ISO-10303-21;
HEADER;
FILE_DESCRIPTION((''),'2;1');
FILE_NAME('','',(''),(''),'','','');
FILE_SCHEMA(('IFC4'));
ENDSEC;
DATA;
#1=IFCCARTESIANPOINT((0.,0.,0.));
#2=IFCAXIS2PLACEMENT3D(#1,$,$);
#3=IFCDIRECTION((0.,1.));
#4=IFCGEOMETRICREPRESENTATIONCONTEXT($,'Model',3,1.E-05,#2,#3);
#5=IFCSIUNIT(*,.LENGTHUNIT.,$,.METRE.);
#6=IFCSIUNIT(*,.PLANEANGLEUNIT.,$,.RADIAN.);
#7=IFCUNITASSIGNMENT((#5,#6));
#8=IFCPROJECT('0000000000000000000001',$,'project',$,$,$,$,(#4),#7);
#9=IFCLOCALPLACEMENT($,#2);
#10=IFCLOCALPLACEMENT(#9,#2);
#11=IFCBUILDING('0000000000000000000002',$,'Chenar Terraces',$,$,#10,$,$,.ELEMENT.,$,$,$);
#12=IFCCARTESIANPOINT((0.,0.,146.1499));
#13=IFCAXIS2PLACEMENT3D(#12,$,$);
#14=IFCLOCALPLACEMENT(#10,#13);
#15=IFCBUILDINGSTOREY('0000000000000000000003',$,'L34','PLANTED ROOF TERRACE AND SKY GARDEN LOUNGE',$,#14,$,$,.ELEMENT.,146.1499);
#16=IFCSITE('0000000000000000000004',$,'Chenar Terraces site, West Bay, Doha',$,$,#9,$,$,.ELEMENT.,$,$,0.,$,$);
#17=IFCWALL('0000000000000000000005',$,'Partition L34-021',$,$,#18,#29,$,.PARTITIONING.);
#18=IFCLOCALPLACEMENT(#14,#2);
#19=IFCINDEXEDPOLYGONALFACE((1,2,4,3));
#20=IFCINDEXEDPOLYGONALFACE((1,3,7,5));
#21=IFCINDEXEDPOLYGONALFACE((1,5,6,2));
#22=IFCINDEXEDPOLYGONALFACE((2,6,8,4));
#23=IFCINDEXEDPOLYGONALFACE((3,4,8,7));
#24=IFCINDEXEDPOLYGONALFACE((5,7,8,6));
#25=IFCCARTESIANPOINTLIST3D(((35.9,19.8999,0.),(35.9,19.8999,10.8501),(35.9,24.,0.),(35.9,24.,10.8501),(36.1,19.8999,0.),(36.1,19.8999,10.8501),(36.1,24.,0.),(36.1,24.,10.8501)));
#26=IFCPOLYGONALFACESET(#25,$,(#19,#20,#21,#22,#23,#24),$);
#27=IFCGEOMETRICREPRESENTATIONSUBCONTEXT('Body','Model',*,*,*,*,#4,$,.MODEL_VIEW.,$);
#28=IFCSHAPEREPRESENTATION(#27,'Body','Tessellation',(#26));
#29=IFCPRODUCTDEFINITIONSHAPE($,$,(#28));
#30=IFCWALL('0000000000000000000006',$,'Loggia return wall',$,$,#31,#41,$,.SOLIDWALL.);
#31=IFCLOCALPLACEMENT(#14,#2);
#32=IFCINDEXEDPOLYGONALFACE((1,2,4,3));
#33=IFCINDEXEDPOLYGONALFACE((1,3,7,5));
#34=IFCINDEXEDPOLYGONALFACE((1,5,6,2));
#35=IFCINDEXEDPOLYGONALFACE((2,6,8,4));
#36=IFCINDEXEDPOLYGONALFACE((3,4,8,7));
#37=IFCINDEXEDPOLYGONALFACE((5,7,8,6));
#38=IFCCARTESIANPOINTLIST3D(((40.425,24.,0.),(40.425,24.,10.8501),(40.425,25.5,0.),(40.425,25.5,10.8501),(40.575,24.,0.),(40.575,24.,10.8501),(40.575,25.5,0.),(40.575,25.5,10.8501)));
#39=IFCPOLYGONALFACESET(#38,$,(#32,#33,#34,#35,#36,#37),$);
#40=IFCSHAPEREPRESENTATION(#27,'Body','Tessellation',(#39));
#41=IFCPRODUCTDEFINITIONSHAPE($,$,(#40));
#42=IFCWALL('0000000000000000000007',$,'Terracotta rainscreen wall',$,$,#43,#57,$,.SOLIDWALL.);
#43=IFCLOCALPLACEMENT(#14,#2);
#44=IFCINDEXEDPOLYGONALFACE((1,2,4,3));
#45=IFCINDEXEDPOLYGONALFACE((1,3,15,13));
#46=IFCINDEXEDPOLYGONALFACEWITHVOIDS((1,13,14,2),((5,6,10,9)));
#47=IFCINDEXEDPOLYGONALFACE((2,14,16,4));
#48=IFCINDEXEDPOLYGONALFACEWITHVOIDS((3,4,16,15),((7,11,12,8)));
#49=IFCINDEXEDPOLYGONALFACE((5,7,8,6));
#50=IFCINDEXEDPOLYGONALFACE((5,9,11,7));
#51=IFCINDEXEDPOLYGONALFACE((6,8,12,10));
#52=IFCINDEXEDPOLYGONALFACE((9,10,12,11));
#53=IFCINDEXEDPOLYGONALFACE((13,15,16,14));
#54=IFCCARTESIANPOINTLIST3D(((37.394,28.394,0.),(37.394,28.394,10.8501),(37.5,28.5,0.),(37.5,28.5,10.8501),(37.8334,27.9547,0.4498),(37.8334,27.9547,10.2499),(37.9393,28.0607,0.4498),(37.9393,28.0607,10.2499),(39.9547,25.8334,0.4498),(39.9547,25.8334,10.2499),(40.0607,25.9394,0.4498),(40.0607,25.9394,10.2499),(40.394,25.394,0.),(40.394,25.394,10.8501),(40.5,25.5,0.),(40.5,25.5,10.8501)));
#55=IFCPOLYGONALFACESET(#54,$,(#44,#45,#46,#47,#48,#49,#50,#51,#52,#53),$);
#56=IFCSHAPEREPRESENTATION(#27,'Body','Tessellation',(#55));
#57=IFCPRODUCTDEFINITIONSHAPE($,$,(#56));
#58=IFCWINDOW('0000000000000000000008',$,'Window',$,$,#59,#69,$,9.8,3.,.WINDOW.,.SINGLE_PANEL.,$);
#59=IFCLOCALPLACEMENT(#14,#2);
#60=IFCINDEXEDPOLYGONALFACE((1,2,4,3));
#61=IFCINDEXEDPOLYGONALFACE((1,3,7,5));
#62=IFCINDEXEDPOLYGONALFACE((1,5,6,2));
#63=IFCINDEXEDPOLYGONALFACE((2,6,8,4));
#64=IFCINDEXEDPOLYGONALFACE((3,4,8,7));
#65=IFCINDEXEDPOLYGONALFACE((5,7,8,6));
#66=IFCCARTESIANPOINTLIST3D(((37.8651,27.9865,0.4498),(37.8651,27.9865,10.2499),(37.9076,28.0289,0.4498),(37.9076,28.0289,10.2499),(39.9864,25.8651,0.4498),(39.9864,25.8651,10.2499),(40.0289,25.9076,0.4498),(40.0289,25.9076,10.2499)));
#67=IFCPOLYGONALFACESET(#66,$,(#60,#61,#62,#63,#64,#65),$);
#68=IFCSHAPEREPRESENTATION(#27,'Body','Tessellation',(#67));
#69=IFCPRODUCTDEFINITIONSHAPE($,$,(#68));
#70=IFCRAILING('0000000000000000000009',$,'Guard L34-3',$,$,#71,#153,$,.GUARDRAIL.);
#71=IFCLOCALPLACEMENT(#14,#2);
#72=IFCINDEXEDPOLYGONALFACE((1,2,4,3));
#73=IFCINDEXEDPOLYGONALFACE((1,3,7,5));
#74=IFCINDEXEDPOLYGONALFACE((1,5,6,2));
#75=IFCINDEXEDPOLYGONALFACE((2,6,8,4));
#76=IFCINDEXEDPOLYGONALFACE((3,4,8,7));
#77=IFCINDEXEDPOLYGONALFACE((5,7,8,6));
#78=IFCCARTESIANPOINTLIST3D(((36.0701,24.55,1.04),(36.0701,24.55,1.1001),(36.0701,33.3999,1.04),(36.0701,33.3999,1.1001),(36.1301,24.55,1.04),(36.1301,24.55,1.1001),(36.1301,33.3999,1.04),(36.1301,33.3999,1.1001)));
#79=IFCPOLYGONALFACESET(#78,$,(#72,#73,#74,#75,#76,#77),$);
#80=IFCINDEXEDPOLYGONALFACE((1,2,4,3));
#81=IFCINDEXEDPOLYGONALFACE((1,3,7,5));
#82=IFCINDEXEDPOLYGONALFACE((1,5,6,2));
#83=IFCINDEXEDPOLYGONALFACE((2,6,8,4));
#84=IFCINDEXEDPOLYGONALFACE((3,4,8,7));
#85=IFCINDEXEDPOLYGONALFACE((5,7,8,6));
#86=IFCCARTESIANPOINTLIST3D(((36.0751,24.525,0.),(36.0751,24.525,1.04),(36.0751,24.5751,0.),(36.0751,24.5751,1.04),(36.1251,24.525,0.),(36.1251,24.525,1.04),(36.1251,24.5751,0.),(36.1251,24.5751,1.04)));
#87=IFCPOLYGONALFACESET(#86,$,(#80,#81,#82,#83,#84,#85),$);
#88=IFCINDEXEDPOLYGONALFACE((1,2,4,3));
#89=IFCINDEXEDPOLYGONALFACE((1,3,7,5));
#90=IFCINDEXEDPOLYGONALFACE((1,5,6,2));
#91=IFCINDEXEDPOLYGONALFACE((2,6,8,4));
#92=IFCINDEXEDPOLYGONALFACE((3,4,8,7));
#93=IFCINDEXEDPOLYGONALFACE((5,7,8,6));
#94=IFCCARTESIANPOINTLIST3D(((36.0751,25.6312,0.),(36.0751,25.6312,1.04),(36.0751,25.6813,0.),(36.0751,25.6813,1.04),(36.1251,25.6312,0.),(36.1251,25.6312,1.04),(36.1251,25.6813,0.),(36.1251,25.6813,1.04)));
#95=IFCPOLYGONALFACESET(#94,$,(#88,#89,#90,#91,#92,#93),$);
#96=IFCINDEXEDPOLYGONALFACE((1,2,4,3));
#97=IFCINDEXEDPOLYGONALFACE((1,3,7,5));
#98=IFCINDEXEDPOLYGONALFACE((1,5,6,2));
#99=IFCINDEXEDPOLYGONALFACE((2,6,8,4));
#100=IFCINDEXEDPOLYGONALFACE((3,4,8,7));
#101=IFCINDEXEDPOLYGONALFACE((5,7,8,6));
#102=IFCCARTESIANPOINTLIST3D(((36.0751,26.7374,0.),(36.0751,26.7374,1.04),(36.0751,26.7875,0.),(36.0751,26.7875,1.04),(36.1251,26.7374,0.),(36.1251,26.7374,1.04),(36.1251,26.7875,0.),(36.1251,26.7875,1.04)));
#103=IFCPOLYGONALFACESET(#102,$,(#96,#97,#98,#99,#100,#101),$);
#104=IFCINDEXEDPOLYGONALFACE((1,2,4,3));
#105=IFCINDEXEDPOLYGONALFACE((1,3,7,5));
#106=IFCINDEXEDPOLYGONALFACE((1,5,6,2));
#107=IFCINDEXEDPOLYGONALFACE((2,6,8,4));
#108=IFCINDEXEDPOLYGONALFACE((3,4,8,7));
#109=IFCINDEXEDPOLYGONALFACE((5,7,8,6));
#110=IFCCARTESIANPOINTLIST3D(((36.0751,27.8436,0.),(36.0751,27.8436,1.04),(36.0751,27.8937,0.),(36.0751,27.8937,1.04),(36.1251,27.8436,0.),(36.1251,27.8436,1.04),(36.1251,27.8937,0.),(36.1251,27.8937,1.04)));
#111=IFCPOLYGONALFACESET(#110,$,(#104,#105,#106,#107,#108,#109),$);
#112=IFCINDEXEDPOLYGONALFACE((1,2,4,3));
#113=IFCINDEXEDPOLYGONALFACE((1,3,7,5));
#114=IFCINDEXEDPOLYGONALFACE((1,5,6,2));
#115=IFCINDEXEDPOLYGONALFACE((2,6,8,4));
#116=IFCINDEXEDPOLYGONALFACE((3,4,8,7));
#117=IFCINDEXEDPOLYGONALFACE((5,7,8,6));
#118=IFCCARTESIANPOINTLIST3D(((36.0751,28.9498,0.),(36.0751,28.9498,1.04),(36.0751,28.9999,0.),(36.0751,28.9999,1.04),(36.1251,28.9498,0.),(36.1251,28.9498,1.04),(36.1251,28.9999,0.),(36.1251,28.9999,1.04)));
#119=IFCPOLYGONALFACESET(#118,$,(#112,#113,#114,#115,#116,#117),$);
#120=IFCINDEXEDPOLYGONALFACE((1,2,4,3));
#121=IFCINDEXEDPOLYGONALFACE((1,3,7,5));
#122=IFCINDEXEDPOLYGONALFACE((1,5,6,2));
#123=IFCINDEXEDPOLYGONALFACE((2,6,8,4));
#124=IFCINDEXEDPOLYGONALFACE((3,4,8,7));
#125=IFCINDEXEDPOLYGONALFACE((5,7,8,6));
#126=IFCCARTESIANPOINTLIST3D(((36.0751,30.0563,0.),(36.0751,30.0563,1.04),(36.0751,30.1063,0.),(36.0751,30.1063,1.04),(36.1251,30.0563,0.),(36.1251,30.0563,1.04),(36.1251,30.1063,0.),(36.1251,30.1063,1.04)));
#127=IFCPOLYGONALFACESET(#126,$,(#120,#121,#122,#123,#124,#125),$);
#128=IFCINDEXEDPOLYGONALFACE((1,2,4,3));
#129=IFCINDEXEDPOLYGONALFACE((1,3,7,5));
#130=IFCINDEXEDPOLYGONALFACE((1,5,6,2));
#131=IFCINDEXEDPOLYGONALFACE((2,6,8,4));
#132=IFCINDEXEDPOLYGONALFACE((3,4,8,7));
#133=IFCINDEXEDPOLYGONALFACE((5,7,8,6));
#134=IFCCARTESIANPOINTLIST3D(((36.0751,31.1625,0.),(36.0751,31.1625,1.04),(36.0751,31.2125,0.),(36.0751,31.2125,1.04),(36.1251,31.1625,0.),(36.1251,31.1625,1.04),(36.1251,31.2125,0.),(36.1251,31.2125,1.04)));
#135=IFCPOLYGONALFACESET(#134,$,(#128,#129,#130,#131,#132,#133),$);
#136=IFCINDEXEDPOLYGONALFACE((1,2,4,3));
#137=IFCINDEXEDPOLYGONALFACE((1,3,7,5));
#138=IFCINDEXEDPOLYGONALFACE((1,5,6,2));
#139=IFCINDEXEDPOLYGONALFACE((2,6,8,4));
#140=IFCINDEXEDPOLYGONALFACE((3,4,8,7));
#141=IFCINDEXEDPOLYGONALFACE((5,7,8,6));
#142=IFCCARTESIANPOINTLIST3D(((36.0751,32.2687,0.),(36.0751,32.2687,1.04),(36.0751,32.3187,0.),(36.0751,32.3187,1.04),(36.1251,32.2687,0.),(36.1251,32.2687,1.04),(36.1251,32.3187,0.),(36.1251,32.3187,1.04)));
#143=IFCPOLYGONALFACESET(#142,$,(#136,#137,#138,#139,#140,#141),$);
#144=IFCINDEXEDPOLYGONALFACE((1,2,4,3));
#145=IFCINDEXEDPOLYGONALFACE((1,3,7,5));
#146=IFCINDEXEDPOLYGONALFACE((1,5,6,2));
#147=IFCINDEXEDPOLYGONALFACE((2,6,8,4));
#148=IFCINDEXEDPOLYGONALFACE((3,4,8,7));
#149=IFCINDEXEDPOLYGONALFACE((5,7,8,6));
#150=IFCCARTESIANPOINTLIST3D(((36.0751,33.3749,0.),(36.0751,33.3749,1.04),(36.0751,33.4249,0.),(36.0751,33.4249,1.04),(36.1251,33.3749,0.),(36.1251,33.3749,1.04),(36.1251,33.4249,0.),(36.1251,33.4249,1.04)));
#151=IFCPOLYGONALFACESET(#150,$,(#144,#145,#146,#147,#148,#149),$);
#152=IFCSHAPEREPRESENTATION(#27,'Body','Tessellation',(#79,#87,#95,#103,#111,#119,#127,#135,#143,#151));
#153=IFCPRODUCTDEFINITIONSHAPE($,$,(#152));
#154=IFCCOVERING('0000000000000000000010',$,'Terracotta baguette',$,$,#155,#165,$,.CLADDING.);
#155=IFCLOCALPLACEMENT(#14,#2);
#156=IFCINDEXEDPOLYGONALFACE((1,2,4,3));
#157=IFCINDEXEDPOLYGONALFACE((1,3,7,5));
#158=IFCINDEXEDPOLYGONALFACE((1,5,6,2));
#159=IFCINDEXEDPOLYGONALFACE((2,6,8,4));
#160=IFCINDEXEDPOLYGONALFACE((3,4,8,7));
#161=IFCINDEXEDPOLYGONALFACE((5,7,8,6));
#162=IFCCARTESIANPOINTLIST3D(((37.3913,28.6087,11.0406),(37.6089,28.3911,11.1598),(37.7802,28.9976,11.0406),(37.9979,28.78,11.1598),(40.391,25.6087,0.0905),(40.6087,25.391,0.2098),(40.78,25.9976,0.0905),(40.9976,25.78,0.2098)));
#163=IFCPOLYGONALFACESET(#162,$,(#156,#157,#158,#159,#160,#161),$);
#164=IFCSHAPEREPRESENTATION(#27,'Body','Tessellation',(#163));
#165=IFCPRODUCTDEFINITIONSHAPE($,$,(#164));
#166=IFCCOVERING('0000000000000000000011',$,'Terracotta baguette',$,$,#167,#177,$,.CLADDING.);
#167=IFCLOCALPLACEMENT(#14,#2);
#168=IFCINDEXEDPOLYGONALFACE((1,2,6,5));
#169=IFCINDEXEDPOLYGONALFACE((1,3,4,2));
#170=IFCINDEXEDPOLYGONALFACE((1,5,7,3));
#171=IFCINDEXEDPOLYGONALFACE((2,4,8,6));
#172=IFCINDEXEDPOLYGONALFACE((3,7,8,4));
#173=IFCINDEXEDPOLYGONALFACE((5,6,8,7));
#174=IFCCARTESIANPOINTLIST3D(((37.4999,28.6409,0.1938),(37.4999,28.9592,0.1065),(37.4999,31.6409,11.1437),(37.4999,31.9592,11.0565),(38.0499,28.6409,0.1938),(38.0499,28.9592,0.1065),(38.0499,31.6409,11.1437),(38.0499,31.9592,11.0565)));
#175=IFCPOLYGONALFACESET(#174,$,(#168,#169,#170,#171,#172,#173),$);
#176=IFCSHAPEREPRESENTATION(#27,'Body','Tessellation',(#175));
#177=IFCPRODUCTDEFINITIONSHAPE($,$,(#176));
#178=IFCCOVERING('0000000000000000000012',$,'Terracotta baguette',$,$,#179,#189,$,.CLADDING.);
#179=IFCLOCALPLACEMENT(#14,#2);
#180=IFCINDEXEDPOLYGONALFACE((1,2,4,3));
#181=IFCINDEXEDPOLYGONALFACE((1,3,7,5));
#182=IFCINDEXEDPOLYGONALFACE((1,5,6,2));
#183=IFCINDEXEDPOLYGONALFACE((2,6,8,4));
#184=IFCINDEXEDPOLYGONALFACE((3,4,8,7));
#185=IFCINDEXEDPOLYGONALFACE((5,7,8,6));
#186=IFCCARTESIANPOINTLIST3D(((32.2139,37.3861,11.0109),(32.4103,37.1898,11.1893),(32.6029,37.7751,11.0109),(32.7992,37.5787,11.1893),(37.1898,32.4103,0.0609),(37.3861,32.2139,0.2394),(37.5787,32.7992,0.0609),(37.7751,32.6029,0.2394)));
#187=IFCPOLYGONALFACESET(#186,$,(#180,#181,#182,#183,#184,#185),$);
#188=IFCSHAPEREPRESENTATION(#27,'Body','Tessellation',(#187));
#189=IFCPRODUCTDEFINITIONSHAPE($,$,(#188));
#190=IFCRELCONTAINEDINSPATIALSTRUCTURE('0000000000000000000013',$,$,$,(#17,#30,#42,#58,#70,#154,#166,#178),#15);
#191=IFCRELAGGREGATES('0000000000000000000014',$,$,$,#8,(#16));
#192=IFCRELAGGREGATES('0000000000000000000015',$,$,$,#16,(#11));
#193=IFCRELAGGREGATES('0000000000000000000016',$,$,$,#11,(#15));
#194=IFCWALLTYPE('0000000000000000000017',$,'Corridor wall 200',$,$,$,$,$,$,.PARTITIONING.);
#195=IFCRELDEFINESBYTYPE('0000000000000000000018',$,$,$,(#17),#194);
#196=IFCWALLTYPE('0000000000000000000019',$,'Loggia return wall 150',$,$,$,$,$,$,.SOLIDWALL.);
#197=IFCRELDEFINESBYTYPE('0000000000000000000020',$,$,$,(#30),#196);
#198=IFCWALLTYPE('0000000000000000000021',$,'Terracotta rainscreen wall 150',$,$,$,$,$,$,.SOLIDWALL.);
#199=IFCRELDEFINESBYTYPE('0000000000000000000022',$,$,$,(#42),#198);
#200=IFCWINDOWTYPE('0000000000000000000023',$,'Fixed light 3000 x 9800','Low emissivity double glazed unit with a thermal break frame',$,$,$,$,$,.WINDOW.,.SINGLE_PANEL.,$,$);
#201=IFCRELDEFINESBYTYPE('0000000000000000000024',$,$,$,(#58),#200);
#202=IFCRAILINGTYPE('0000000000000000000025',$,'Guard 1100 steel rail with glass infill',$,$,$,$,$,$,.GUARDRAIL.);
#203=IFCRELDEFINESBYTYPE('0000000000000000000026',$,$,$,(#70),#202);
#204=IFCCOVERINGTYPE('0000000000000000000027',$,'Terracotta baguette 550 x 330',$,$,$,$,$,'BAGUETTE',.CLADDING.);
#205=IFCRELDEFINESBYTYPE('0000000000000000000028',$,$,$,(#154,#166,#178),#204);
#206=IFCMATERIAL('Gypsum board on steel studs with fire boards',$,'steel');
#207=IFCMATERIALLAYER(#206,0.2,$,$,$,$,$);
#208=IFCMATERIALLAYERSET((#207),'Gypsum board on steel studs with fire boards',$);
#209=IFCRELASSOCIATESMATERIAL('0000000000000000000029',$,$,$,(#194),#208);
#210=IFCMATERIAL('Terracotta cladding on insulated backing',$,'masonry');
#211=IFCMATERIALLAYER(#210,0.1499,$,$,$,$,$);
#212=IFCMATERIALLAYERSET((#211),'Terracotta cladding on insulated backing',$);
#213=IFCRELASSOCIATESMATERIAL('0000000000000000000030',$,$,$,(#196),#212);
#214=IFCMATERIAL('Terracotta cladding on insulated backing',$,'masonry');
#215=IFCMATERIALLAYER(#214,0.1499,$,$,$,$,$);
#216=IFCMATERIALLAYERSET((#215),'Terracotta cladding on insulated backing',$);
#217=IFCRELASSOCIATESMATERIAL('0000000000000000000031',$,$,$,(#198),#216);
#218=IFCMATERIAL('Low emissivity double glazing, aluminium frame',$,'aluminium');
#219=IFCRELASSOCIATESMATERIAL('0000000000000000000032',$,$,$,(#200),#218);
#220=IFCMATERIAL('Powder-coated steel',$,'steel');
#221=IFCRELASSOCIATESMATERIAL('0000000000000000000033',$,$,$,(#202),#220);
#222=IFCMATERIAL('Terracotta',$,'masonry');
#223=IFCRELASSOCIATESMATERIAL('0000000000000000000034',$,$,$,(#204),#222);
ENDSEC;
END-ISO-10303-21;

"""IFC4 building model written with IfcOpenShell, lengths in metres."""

from ifc_helpers import new_model, si_unit, direction, frame, frame_2d, origin, origin_2d, place, context, subcontext, project, spatial, rectangle, extrude, material, layer, layer_set, material_profile, profile_set, type_object, element, fill, save


model = new_model("IFC4")

# Units and contexts
model_context = context("Model", 3, precision=1e-05, world=origin(), true_north=direction((0.0, 1.0)))
body_context = subcontext(model_context, "Body", "Model", "MODEL_VIEW")
ifc_project = project(units=[si_unit("LENGTHUNIT", "METRE"), si_unit("PLANEANGLEUNIT", "RADIAN")], contexts=[model_context])

# Site, building, storey
site_placement = place(None, origin())
site = spatial("IfcSite", under=ifc_project, at=site_placement, Name="Chenar Terraces site, West Bay, Doha", CompositionType="ELEMENT", RefElevation=0.0)
building_placement = place(site_placement, origin())
building = spatial("IfcBuilding", under=site, at=building_placement, Name="Chenar Terraces", CompositionType="ELEMENT")
storey_placement = place(building_placement, frame((0.0, 0.0, 146.1499)))
storey = spatial("IfcBuildingStorey", under=building, at=storey_placement, Name="L34", Description="PLANTED ROOF TERRACE AND SKY GARDEN LOUNGE", CompositionType="ELEMENT", Elevation=146.1499)

# Walls
ifc_material_1 = material(Name="Gypsum board on steel studs with fire boards", Category="steel")
ifc_layer_1 = layer(ifc_material_1, 0.2)
ifc_layer_set_1 = layer_set([ifc_layer_1], Name="Gypsum board on steel studs with fire boards")
wall_type_1 = type_object("IfcWallType", Name="Corridor wall 200", PredefinedType="PARTITIONING", material=ifc_layer_set_1)
wall_1_placement = place(storey_placement, frame((36.0, 19.8999, 0.0), z_axis=(0.0, 0.0, 1.0), x_axis=(0.0, 1.0, 0.0)))
element("IfcWall", 1, at=wall_1_placement, inside=storey, type_object=wall_type_1, Name="Partition L34-021", PredefinedType="PARTITIONING", context=body_context, shape_type="SweptSolid", body=[
    extrude(rectangle(XDim=4.1001, YDim=0.2, at=frame_2d((2.05, 0.0))), origin(), (0.0, 0.0, 1.0), 10.8501),
])
ifc_material_2 = material(Name="Terracotta cladding on insulated backing", Category="masonry")
ifc_layer_2 = layer(ifc_material_2, 0.1499)
ifc_layer_set_2 = layer_set([ifc_layer_2], Name="Terracotta cladding on insulated backing")
wall_type_2 = type_object("IfcWallType", Name="Loggia return wall 150", PredefinedType="SOLIDWALL", material=ifc_layer_set_2)
wall_2_placement = place(storey_placement, frame((40.5, 25.5, 0.0), z_axis=(0.0, 0.0, 1.0), x_axis=(0.0, -1.0, 0.0)))
element("IfcWall", 2, at=wall_2_placement, inside=storey, type_object=wall_type_2, Name="Loggia return wall", PredefinedType="SOLIDWALL", context=body_context, shape_type="SweptSolid", body=[
    extrude(rectangle(XDim=1.5, YDim=0.1499, at=frame_2d((0.75, 0.0))), origin(), (0.0, 0.0, 1.0), 10.8501),
])

# Wall, opening, window
ifc_material_3 = material(Name="Terracotta cladding on insulated backing", Category="masonry")
ifc_layer_3 = layer(ifc_material_3, 0.1499)
ifc_layer_set_3 = layer_set([ifc_layer_3], Name="Terracotta cladding on insulated backing")
wall_type_3 = type_object("IfcWallType", Name="Terracotta rainscreen wall 150", PredefinedType="SOLIDWALL", material=ifc_layer_set_3)
wall_3_placement = place(storey_placement, frame((40.447, 25.447, 0.0), z_axis=(0.0, 0.0, 1.0), x_axis=(-0.707107, 0.707107, 0.0)))
wall_3 = element("IfcWall", 3, at=wall_3_placement, inside=storey, type_object=wall_type_3, Name="Terracotta rainscreen wall", PredefinedType="SOLIDWALL", context=body_context, shape_type="SweptSolid", body=[
    extrude(rectangle(XDim=4.2427, YDim=0.1499, at=frame_2d((2.1213, 0.0))), origin(), (0.0, 0.0, 1.0), 10.8501),
])
opening_1_placement = place(wall_3_placement, frame((0.6213, 0.0, 0.45)))
opening_1 = element("IfcOpeningElement", 4, at=opening_1_placement, cuts=wall_3, PredefinedType="OPENING", context=body_context, shape_type="SweptSolid", body=[
    extrude(rectangle(XDim=3.0, YDim=9.8, at=frame_2d((1.5, 4.8999))), frame((0.0, 0.085, 0.0), z_axis=(0.0, -1.0, 0.0), x_axis=(1.0, 0.0, 0.0)), (0.0, 0.0, 1.0), 0.1699),
])
ifc_material_4 = material(Name="Low emissivity double glazing, aluminium frame", Category="aluminium")
window_type = type_object("IfcWindowType", Name="Fixed light 3000 x 9800", Description="Low emissivity double glazed unit with a thermal break frame", PartitioningType="SINGLE_PANEL", PredefinedType="WINDOW", material=ifc_material_4)
window_placement = place(opening_1_placement, origin())
window = element("IfcWindow", 5, at=window_placement, inside=storey, type_object=window_type, Name="Window", OverallHeight=9.8, OverallWidth=3.0, PartitioningType="SINGLE_PANEL", PredefinedType="WINDOW", context=body_context, shape_type="SweptSolid", body=[
    extrude(rectangle(XDim=3.0, YDim=9.8, at=frame_2d((1.5, 4.8999))), frame((0.0, 0.03, 0.0), z_axis=(0.0, -1.0, 0.0), x_axis=(1.0, 0.0, 0.0)), (0.0, 0.0, 1.0), 0.0601),
])
fill(opening_1, window)

# Railing
ifc_material_5 = material(Name="Powder-coated steel", Category="steel")
railing_type = type_object("IfcRailingType", Name="Guard 1100 steel rail with glass infill", PredefinedType="GUARDRAIL", material=ifc_material_5)
railing_placement = place(storey_placement, frame((36.1001, 24.55, 0.0)))
element("IfcRailing", 6, at=railing_placement, inside=storey, type_object=railing_type, Name="Guard L34-3", PredefinedType="GUARDRAIL", context=body_context, shape_type="SweptSolid", body=[
    extrude(rectangle(XDim=0.0601, YDim=0.0601, at=origin_2d()), frame((0.0, 0.0, 1.0701), z_axis=(0.0, 1.0, 0.0), x_axis=(-1.0, 0.0, 0.0)), (0.0, 0.0, 1.0), 8.8499),
    extrude(rectangle(XDim=0.05, YDim=0.05, at=origin_2d()), origin(), (0.0, 0.0, 1.0), 1.04),
    extrude(rectangle(XDim=0.05, YDim=0.05, at=origin_2d()), frame((0.0, 1.1062, 0.0)), (0.0, 0.0, 1.0), 1.04),
    extrude(rectangle(XDim=0.05, YDim=0.05, at=origin_2d()), frame((0.0, 2.2124, 0.0)), (0.0, 0.0, 1.0), 1.04),
    extrude(rectangle(XDim=0.05, YDim=0.05, at=origin_2d()), frame((0.0, 3.3186, 0.0)), (0.0, 0.0, 1.0), 1.04),
    extrude(rectangle(XDim=0.05, YDim=0.05, at=origin_2d()), frame((0.0, 4.4248, 0.0)), (0.0, 0.0, 1.0), 1.04),
    extrude(rectangle(XDim=0.05, YDim=0.05, at=origin_2d()), frame((0.0, 5.5312, 0.0)), (0.0, 0.0, 1.0), 1.04),
    extrude(rectangle(XDim=0.05, YDim=0.05, at=origin_2d()), frame((0.0, 6.6375, 0.0)), (0.0, 0.0, 1.0), 1.04),
    extrude(rectangle(XDim=0.05, YDim=0.05, at=origin_2d()), frame((0.0, 7.7437, 0.0)), (0.0, 0.0, 1.0), 1.04),
    extrude(rectangle(XDim=0.05, YDim=0.05, at=origin_2d()), frame((0.0, 8.8499, 0.0)), (0.0, 0.0, 1.0), 1.04),
])

# Coverings
ifc_material_6 = material(Name="Terracotta", Category="masonry")
ifc_material_profile_1 = material_profile(ifc_material_6, rectangle(XDim=0.55, YDim=0.3301, at=origin_2d()), Name="Terracotta baguette 550 x 330")
ifc_profile_set_1 = profile_set([ifc_material_profile_1], Name="Terracotta")
covering_type = type_object("IfcCoveringType", Name="Terracotta baguette 550 x 330", ElementType="BAGUETTE", PredefinedType="CLADDING", material=ifc_profile_set_1)
covering_1_placement = place(storey_placement, frame((40.6943, 25.6943, 0.1501), z_axis=(-0.255449, 0.25547, 0.93246), x_axis=(-0.707136, -0.707078, 0.0)))
element("IfcCovering", 7, at=covering_1_placement, inside=storey, type_object=covering_type, Name="Terracotta baguette", PredefinedType="CLADDING", context=body_context, shape_type="SweptSolid", body=[
    extrude(rectangle(XDim=0.55, YDim=0.3301, at=origin_2d()), origin(), (0.0, 0.0, 1.0), 11.7432),
])
covering_2_placement = place(storey_placement, frame((37.7749, 28.8, 0.1501), z_axis=(0.0, 0.264236, 0.964458), x_axis=(-1.0, 0.0, 0.0)))
element("IfcCovering", 8, at=covering_2_placement, inside=storey, type_object=covering_type, Name="Terracotta baguette", PredefinedType="CLADDING", context=body_context, shape_type="SweptSolid", body=[
    extrude(rectangle(XDim=0.55, YDim=0.3301, at=origin_2d()), origin(), (0.0, 0.0, 1.0), 11.3535),
])
covering_3_placement = place(storey_placement, frame((37.4824, 32.5066, 0.1501), z_axis=(-0.382282, 0.382282, 0.841261), x_axis=(-0.707107, -0.707107, 0.0)))
element("IfcCovering", 9, at=covering_3_placement, inside=storey, type_object=covering_type, Name="Terracotta baguette", PredefinedType="CLADDING", context=body_context, shape_type="SweptSolid", body=[
    extrude(rectangle(XDim=0.55, YDim=0.3301, at=origin_2d()), origin(), (0.0, 0.0, 1.0), 13.0161),
])

save(model, "model.ifc")
